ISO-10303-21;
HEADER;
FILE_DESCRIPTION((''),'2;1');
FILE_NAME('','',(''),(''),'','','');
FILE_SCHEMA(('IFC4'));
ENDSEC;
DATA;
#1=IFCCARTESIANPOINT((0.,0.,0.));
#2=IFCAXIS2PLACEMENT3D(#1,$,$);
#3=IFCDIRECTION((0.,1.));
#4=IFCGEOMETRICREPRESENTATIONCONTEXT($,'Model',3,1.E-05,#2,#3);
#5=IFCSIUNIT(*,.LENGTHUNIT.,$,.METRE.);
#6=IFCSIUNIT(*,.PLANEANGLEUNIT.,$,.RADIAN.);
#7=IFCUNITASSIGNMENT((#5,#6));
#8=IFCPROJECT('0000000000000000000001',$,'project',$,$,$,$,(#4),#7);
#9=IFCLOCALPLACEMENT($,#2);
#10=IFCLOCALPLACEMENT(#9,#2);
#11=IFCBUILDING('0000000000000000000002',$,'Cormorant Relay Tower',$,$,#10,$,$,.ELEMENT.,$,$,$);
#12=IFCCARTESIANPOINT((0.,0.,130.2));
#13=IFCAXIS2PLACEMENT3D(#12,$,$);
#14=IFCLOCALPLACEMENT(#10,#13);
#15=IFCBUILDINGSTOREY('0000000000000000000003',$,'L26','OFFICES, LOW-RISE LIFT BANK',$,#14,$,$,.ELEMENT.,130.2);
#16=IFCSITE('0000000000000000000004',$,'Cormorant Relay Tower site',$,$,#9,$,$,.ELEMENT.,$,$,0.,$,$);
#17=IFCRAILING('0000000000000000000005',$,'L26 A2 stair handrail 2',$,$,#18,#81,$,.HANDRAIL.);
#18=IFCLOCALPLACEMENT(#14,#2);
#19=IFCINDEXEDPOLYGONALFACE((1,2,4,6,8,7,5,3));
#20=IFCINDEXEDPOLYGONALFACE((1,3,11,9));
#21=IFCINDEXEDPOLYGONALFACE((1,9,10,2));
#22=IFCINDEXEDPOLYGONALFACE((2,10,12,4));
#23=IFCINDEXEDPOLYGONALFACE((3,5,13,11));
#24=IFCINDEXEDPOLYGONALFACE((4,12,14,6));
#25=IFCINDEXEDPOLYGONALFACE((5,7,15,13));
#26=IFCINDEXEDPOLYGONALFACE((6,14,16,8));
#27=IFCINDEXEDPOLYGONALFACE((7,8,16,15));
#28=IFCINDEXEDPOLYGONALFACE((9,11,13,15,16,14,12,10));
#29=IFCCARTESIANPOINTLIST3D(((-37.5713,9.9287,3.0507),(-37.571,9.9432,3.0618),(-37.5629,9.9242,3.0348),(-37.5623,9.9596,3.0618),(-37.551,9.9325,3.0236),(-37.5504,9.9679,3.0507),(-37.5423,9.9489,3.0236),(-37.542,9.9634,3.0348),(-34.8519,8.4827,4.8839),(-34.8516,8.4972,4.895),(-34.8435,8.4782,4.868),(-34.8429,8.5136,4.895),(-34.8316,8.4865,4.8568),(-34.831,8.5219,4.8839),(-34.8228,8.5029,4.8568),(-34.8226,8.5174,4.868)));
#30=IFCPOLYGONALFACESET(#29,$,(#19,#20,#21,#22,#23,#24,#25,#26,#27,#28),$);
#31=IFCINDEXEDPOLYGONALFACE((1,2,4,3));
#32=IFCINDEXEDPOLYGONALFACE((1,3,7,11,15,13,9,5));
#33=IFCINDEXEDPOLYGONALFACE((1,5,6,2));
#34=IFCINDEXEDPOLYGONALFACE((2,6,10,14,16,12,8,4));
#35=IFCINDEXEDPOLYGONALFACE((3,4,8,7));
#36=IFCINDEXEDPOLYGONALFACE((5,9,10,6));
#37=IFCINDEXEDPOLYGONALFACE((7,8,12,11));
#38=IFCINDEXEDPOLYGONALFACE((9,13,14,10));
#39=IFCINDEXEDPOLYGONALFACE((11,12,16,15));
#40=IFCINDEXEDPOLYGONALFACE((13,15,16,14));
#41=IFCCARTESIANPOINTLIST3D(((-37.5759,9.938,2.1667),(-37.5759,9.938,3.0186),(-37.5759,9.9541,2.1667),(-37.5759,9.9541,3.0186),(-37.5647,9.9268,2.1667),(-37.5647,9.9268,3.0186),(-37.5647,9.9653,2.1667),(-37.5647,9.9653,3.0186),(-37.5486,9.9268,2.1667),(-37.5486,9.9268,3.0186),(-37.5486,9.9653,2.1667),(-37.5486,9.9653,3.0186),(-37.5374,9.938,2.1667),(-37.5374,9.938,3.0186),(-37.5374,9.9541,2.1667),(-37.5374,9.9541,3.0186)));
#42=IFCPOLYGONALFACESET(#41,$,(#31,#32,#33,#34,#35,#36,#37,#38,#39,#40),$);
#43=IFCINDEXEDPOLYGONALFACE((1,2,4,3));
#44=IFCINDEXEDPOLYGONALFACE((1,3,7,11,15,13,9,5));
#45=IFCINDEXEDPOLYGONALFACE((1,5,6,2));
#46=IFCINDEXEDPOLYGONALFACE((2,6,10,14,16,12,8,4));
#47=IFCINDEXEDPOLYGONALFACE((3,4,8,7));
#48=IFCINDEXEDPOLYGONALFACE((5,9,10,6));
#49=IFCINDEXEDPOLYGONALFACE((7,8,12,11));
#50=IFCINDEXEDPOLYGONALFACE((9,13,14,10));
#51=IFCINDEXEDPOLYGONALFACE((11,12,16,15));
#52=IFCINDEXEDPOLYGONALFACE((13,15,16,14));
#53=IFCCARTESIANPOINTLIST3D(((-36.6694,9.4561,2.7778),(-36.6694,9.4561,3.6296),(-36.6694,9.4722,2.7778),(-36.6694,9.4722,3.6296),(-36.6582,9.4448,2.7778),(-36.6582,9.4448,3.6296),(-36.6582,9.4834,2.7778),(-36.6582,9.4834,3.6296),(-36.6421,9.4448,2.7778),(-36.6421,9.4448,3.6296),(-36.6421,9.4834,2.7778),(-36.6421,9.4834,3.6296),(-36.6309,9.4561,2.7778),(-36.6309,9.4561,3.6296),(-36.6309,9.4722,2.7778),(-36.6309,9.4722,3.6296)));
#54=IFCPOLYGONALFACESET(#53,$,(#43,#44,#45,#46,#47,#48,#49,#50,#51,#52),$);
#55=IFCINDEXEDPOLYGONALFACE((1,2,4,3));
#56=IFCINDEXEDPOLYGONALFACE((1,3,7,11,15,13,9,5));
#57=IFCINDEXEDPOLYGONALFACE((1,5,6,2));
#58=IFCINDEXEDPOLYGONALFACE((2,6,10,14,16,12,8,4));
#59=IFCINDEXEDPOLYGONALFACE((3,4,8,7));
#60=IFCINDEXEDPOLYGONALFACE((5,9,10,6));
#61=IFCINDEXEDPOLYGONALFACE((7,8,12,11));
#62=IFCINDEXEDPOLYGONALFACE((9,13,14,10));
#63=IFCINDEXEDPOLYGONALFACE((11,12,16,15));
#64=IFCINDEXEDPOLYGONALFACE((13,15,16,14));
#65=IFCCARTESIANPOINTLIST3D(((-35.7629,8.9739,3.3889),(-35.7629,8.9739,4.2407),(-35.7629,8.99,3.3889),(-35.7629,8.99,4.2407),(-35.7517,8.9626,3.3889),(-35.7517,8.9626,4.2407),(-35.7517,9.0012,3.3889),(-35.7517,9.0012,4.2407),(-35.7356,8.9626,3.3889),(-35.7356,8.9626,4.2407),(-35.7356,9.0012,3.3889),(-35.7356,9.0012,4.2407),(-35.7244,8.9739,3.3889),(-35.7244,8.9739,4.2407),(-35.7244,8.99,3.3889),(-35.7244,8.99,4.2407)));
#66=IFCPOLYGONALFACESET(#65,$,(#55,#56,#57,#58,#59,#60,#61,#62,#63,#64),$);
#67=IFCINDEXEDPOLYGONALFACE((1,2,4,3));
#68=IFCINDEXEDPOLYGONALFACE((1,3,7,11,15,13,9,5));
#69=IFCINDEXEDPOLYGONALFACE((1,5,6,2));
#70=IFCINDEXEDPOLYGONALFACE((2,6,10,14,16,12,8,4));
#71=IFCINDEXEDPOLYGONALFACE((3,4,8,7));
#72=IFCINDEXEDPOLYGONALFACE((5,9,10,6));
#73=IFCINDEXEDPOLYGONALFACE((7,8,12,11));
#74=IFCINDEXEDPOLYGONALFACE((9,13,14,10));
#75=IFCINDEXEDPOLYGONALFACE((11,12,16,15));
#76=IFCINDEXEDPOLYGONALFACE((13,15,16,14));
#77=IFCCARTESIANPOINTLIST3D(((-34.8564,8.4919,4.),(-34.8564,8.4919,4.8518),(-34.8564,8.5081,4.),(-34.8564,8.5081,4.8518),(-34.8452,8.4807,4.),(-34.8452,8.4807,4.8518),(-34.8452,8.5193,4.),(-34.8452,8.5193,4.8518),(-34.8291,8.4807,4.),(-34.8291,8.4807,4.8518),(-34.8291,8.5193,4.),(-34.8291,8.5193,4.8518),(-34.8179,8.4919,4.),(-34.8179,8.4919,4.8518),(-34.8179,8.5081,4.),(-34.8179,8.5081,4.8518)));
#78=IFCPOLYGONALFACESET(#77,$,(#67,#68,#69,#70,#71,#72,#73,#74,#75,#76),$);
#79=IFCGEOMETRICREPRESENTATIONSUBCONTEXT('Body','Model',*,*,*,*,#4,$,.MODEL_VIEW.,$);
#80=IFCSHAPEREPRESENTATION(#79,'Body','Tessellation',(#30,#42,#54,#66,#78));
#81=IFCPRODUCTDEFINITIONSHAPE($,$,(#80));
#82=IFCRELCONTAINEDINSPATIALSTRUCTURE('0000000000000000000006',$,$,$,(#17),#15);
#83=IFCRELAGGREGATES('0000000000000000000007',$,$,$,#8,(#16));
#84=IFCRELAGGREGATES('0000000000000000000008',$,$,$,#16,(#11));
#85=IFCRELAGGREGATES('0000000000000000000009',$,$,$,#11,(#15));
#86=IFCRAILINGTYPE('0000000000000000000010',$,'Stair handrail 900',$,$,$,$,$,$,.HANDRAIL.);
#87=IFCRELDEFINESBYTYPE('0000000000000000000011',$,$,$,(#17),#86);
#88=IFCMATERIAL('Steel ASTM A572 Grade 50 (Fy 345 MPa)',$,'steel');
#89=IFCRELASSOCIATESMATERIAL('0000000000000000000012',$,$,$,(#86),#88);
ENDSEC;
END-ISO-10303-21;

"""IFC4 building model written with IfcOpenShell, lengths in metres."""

from ifc_helpers import new_model, si_unit, direction, frame, origin, place, context, subcontext, project, spatial, polyline, outline, extrude, material, type_object, element, save


model = new_model("IFC4")

# Units and contexts
model_context = context("Model", 3, precision=1e-05, world=origin(), true_north=direction((0.0, 1.0)))
body_context = subcontext(model_context, "Body", "Model", "MODEL_VIEW")
ifc_project = project(units=[si_unit("LENGTHUNIT", "METRE"), si_unit("PLANEANGLEUNIT", "RADIAN")], contexts=[model_context])

# Site, building, storey
site_placement = place(None, origin())
site = spatial("IfcSite", under=ifc_project, at=site_placement, Name="Cormorant Relay Tower site", CompositionType="ELEMENT", RefElevation=0.0)
building_placement = place(site_placement, origin())
building = spatial("IfcBuilding", under=site, at=building_placement, Name="Cormorant Relay Tower", CompositionType="ELEMENT")
storey_placement = place(building_placement, frame((0.0, 0.0, 130.2)))
storey = spatial("IfcBuildingStorey", under=building, at=storey_placement, Name="L26", Description="OFFICES, LOW-RISE LIFT BANK", CompositionType="ELEMENT", Elevation=130.2)

# Railing
ifc_material_1 = material(Name="Steel ASTM A572 Grade 50 (Fy 345 MPa)", Category="steel")
railing_type_1 = type_object("IfcRailingType", Name="Stair handrail 900", PredefinedType="HANDRAIL", material=ifc_material_1)
railing_1_placement = place(storey_placement, frame((-37.5566, 9.946, 2.1667)))
element("IfcRailing", 1, at=railing_1_placement, inside=storey, type_object=railing_type_1, Name="L26 A2 stair handrail 2", PredefinedType="HANDRAIL", context=body_context, shape_type="SweptSolid", body=[
    extrude(outline(polyline([(0.0222, 0.0093), (0.0093, 0.0222), (-0.0093, 0.0222), (-0.0222, 0.0093), (-0.0222, -0.0093), (-0.0093, -0.0222), (0.0093, -0.0222), (0.0222, -0.0093), (0.0222, 0.0093)])), frame((0.0, 0.0, 0.876), z_axis=(0.758714, -0.403435, 0.511463), x_axis=(0.469489, 0.882938, 0.0)), (0.0, 0.0, 1.0), 3.5842),
    extrude(outline(polyline([(0.0193, 0.0081), (0.0081, 0.0193), (-0.0081, 0.0193), (-0.0193, 0.0081), (-0.0193, -0.0081), (-0.0081, -0.0193), (0.0081, -0.0193), (0.0193, -0.0081), (0.0193, 0.0081)])), origin(), (0.0, 0.0, 1.0), 0.8518),
    extrude(outline(polyline([(0.0193, 0.0081), (0.0081, 0.0193), (-0.0081, 0.0193), (-0.0193, 0.0081), (-0.0193, -0.0081), (-0.0081, -0.0193), (0.0081, -0.0193), (0.0193, -0.0081), (0.0193, 0.0081)])), frame((0.9065, -0.4819, 0.6111)), (0.0, 0.0, 1.0), 0.8518),
    extrude(outline(polyline([(0.0193, 0.0081), (0.0081, 0.0193), (-0.0081, 0.0193), (-0.0193, 0.0081), (-0.0193, -0.0081), (-0.0081, -0.0193), (0.0081, -0.0193), (0.0193, -0.0081), (0.0193, 0.0081)])), frame((1.813, -0.9641, 1.2222)), (0.0, 0.0, 1.0), 0.8518),
    extrude(outline(polyline([(0.0193, 0.0081), (0.0081, 0.0193), (-0.0081, 0.0193), (-0.0193, 0.0081), (-0.0193, -0.0081), (-0.0081, -0.0193), (0.0081, -0.0193), (0.0193, -0.0081), (0.0193, 0.0081)])), frame((2.7195, -1.446, 1.8333)), (0.0, 0.0, 1.0), 0.8518),
])

save(model, "model.ifc")
